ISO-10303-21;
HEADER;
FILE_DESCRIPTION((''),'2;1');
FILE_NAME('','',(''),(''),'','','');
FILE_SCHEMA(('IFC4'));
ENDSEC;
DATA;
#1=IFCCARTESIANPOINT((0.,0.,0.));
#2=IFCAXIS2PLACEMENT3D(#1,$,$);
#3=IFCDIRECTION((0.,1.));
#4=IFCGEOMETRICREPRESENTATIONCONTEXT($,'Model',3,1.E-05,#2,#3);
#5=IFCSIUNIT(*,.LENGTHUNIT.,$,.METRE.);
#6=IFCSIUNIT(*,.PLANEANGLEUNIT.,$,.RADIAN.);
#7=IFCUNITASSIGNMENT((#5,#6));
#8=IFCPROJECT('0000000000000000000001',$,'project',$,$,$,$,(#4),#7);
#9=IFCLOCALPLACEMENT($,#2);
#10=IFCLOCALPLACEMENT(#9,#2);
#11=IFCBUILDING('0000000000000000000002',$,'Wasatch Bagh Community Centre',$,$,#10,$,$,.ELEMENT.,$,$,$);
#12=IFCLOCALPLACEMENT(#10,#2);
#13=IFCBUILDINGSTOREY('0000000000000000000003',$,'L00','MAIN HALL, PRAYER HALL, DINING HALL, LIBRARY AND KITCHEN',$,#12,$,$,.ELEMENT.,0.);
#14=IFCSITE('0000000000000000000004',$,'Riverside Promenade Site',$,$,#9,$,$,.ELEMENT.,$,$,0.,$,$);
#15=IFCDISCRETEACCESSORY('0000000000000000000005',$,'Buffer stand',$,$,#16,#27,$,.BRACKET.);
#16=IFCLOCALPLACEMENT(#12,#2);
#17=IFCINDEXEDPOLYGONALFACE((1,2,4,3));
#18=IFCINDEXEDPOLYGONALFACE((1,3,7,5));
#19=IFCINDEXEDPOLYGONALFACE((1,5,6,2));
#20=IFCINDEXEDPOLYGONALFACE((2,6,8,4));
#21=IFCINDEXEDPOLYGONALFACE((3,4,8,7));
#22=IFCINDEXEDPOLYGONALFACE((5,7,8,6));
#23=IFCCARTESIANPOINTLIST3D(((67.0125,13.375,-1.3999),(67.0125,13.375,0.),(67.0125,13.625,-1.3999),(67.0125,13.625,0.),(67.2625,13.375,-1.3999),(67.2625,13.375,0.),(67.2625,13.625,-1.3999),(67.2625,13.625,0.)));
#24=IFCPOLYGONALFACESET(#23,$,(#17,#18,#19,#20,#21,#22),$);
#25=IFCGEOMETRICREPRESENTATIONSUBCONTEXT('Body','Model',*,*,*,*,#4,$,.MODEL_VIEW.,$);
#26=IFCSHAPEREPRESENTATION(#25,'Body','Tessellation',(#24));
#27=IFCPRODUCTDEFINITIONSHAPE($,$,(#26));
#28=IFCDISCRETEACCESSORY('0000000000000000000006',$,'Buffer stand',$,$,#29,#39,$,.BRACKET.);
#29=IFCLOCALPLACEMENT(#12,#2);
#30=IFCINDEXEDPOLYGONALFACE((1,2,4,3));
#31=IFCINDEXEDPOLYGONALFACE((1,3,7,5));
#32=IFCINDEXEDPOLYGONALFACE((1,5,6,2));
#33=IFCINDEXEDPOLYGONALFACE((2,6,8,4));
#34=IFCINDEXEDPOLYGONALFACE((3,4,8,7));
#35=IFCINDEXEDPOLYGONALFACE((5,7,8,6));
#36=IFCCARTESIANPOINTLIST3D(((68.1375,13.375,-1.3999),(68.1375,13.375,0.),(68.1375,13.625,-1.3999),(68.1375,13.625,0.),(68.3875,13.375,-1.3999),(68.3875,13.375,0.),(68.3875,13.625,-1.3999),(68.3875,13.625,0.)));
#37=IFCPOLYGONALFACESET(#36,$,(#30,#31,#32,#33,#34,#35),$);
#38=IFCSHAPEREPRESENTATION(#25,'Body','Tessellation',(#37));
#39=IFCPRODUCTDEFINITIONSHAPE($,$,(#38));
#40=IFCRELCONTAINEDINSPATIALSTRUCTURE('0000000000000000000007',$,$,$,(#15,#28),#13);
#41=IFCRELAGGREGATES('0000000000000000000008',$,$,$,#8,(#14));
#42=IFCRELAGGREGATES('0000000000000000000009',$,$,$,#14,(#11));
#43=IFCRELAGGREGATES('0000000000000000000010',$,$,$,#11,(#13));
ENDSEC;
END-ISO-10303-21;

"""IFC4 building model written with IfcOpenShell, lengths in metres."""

from ifc_helpers import new_model, si_unit, direction, frame, origin, origin_2d, place, context, subcontext, project, spatial, rectangle, extrude, element, save


model = new_model("IFC4")

# Units and contexts
model_context = context("Model", 3, precision=1e-05, world=origin(), true_north=direction((0.0, 1.0)))
body_context = subcontext(model_context, "Body", "Model", "MODEL_VIEW")
ifc_project = project(units=[si_unit("LENGTHUNIT", "METRE"), si_unit("PLANEANGLEUNIT", "RADIAN")], contexts=[model_context])

# Site, building, storey
site_placement = place(None, origin())
site = spatial("IfcSite", under=ifc_project, at=site_placement, Name="Riverside Promenade Site", CompositionType="ELEMENT", RefElevation=0.0)
building_placement = place(site_placement, origin())
building = spatial("IfcBuilding", under=site, at=building_placement, Name="Wasatch Bagh Community Centre", CompositionType="ELEMENT")
storey_placement = place(building_placement, origin())
storey = spatial("IfcBuildingStorey", under=building, at=storey_placement, Name="L00", Description="MAIN HALL, PRAYER HALL, DINING HALL, LIBRARY AND KITCHEN", CompositionType="ELEMENT", Elevation=0.0)

# Discrete accessories
for number, where, z_axis, x_axis, name in (
    (1, (67.1375, 13.5, -1.3999), (0.0, 0.0, 1.0), (1.0, 0.0, 0.0), "Buffer stand"),
    (2, (68.2625, 13.5, -1.3999), (0.0, 0.0, 1.0), (1.0, 0.0, 0.0), "Buffer stand"),
):
    element("IfcDiscreteAccessory", number, at=place(storey_placement, frame(where, z_axis=z_axis, x_axis=x_axis)), inside=storey, Name=name, PredefinedType="BRACKET", context=body_context, shape_type="SweptSolid", body=[
        extrude(rectangle(XDim=0.25, YDim=0.25, at=origin_2d()), origin(), (0.0, 0.0, 1.0), 1.3999),
    ])

save(model, "model.ifc")
